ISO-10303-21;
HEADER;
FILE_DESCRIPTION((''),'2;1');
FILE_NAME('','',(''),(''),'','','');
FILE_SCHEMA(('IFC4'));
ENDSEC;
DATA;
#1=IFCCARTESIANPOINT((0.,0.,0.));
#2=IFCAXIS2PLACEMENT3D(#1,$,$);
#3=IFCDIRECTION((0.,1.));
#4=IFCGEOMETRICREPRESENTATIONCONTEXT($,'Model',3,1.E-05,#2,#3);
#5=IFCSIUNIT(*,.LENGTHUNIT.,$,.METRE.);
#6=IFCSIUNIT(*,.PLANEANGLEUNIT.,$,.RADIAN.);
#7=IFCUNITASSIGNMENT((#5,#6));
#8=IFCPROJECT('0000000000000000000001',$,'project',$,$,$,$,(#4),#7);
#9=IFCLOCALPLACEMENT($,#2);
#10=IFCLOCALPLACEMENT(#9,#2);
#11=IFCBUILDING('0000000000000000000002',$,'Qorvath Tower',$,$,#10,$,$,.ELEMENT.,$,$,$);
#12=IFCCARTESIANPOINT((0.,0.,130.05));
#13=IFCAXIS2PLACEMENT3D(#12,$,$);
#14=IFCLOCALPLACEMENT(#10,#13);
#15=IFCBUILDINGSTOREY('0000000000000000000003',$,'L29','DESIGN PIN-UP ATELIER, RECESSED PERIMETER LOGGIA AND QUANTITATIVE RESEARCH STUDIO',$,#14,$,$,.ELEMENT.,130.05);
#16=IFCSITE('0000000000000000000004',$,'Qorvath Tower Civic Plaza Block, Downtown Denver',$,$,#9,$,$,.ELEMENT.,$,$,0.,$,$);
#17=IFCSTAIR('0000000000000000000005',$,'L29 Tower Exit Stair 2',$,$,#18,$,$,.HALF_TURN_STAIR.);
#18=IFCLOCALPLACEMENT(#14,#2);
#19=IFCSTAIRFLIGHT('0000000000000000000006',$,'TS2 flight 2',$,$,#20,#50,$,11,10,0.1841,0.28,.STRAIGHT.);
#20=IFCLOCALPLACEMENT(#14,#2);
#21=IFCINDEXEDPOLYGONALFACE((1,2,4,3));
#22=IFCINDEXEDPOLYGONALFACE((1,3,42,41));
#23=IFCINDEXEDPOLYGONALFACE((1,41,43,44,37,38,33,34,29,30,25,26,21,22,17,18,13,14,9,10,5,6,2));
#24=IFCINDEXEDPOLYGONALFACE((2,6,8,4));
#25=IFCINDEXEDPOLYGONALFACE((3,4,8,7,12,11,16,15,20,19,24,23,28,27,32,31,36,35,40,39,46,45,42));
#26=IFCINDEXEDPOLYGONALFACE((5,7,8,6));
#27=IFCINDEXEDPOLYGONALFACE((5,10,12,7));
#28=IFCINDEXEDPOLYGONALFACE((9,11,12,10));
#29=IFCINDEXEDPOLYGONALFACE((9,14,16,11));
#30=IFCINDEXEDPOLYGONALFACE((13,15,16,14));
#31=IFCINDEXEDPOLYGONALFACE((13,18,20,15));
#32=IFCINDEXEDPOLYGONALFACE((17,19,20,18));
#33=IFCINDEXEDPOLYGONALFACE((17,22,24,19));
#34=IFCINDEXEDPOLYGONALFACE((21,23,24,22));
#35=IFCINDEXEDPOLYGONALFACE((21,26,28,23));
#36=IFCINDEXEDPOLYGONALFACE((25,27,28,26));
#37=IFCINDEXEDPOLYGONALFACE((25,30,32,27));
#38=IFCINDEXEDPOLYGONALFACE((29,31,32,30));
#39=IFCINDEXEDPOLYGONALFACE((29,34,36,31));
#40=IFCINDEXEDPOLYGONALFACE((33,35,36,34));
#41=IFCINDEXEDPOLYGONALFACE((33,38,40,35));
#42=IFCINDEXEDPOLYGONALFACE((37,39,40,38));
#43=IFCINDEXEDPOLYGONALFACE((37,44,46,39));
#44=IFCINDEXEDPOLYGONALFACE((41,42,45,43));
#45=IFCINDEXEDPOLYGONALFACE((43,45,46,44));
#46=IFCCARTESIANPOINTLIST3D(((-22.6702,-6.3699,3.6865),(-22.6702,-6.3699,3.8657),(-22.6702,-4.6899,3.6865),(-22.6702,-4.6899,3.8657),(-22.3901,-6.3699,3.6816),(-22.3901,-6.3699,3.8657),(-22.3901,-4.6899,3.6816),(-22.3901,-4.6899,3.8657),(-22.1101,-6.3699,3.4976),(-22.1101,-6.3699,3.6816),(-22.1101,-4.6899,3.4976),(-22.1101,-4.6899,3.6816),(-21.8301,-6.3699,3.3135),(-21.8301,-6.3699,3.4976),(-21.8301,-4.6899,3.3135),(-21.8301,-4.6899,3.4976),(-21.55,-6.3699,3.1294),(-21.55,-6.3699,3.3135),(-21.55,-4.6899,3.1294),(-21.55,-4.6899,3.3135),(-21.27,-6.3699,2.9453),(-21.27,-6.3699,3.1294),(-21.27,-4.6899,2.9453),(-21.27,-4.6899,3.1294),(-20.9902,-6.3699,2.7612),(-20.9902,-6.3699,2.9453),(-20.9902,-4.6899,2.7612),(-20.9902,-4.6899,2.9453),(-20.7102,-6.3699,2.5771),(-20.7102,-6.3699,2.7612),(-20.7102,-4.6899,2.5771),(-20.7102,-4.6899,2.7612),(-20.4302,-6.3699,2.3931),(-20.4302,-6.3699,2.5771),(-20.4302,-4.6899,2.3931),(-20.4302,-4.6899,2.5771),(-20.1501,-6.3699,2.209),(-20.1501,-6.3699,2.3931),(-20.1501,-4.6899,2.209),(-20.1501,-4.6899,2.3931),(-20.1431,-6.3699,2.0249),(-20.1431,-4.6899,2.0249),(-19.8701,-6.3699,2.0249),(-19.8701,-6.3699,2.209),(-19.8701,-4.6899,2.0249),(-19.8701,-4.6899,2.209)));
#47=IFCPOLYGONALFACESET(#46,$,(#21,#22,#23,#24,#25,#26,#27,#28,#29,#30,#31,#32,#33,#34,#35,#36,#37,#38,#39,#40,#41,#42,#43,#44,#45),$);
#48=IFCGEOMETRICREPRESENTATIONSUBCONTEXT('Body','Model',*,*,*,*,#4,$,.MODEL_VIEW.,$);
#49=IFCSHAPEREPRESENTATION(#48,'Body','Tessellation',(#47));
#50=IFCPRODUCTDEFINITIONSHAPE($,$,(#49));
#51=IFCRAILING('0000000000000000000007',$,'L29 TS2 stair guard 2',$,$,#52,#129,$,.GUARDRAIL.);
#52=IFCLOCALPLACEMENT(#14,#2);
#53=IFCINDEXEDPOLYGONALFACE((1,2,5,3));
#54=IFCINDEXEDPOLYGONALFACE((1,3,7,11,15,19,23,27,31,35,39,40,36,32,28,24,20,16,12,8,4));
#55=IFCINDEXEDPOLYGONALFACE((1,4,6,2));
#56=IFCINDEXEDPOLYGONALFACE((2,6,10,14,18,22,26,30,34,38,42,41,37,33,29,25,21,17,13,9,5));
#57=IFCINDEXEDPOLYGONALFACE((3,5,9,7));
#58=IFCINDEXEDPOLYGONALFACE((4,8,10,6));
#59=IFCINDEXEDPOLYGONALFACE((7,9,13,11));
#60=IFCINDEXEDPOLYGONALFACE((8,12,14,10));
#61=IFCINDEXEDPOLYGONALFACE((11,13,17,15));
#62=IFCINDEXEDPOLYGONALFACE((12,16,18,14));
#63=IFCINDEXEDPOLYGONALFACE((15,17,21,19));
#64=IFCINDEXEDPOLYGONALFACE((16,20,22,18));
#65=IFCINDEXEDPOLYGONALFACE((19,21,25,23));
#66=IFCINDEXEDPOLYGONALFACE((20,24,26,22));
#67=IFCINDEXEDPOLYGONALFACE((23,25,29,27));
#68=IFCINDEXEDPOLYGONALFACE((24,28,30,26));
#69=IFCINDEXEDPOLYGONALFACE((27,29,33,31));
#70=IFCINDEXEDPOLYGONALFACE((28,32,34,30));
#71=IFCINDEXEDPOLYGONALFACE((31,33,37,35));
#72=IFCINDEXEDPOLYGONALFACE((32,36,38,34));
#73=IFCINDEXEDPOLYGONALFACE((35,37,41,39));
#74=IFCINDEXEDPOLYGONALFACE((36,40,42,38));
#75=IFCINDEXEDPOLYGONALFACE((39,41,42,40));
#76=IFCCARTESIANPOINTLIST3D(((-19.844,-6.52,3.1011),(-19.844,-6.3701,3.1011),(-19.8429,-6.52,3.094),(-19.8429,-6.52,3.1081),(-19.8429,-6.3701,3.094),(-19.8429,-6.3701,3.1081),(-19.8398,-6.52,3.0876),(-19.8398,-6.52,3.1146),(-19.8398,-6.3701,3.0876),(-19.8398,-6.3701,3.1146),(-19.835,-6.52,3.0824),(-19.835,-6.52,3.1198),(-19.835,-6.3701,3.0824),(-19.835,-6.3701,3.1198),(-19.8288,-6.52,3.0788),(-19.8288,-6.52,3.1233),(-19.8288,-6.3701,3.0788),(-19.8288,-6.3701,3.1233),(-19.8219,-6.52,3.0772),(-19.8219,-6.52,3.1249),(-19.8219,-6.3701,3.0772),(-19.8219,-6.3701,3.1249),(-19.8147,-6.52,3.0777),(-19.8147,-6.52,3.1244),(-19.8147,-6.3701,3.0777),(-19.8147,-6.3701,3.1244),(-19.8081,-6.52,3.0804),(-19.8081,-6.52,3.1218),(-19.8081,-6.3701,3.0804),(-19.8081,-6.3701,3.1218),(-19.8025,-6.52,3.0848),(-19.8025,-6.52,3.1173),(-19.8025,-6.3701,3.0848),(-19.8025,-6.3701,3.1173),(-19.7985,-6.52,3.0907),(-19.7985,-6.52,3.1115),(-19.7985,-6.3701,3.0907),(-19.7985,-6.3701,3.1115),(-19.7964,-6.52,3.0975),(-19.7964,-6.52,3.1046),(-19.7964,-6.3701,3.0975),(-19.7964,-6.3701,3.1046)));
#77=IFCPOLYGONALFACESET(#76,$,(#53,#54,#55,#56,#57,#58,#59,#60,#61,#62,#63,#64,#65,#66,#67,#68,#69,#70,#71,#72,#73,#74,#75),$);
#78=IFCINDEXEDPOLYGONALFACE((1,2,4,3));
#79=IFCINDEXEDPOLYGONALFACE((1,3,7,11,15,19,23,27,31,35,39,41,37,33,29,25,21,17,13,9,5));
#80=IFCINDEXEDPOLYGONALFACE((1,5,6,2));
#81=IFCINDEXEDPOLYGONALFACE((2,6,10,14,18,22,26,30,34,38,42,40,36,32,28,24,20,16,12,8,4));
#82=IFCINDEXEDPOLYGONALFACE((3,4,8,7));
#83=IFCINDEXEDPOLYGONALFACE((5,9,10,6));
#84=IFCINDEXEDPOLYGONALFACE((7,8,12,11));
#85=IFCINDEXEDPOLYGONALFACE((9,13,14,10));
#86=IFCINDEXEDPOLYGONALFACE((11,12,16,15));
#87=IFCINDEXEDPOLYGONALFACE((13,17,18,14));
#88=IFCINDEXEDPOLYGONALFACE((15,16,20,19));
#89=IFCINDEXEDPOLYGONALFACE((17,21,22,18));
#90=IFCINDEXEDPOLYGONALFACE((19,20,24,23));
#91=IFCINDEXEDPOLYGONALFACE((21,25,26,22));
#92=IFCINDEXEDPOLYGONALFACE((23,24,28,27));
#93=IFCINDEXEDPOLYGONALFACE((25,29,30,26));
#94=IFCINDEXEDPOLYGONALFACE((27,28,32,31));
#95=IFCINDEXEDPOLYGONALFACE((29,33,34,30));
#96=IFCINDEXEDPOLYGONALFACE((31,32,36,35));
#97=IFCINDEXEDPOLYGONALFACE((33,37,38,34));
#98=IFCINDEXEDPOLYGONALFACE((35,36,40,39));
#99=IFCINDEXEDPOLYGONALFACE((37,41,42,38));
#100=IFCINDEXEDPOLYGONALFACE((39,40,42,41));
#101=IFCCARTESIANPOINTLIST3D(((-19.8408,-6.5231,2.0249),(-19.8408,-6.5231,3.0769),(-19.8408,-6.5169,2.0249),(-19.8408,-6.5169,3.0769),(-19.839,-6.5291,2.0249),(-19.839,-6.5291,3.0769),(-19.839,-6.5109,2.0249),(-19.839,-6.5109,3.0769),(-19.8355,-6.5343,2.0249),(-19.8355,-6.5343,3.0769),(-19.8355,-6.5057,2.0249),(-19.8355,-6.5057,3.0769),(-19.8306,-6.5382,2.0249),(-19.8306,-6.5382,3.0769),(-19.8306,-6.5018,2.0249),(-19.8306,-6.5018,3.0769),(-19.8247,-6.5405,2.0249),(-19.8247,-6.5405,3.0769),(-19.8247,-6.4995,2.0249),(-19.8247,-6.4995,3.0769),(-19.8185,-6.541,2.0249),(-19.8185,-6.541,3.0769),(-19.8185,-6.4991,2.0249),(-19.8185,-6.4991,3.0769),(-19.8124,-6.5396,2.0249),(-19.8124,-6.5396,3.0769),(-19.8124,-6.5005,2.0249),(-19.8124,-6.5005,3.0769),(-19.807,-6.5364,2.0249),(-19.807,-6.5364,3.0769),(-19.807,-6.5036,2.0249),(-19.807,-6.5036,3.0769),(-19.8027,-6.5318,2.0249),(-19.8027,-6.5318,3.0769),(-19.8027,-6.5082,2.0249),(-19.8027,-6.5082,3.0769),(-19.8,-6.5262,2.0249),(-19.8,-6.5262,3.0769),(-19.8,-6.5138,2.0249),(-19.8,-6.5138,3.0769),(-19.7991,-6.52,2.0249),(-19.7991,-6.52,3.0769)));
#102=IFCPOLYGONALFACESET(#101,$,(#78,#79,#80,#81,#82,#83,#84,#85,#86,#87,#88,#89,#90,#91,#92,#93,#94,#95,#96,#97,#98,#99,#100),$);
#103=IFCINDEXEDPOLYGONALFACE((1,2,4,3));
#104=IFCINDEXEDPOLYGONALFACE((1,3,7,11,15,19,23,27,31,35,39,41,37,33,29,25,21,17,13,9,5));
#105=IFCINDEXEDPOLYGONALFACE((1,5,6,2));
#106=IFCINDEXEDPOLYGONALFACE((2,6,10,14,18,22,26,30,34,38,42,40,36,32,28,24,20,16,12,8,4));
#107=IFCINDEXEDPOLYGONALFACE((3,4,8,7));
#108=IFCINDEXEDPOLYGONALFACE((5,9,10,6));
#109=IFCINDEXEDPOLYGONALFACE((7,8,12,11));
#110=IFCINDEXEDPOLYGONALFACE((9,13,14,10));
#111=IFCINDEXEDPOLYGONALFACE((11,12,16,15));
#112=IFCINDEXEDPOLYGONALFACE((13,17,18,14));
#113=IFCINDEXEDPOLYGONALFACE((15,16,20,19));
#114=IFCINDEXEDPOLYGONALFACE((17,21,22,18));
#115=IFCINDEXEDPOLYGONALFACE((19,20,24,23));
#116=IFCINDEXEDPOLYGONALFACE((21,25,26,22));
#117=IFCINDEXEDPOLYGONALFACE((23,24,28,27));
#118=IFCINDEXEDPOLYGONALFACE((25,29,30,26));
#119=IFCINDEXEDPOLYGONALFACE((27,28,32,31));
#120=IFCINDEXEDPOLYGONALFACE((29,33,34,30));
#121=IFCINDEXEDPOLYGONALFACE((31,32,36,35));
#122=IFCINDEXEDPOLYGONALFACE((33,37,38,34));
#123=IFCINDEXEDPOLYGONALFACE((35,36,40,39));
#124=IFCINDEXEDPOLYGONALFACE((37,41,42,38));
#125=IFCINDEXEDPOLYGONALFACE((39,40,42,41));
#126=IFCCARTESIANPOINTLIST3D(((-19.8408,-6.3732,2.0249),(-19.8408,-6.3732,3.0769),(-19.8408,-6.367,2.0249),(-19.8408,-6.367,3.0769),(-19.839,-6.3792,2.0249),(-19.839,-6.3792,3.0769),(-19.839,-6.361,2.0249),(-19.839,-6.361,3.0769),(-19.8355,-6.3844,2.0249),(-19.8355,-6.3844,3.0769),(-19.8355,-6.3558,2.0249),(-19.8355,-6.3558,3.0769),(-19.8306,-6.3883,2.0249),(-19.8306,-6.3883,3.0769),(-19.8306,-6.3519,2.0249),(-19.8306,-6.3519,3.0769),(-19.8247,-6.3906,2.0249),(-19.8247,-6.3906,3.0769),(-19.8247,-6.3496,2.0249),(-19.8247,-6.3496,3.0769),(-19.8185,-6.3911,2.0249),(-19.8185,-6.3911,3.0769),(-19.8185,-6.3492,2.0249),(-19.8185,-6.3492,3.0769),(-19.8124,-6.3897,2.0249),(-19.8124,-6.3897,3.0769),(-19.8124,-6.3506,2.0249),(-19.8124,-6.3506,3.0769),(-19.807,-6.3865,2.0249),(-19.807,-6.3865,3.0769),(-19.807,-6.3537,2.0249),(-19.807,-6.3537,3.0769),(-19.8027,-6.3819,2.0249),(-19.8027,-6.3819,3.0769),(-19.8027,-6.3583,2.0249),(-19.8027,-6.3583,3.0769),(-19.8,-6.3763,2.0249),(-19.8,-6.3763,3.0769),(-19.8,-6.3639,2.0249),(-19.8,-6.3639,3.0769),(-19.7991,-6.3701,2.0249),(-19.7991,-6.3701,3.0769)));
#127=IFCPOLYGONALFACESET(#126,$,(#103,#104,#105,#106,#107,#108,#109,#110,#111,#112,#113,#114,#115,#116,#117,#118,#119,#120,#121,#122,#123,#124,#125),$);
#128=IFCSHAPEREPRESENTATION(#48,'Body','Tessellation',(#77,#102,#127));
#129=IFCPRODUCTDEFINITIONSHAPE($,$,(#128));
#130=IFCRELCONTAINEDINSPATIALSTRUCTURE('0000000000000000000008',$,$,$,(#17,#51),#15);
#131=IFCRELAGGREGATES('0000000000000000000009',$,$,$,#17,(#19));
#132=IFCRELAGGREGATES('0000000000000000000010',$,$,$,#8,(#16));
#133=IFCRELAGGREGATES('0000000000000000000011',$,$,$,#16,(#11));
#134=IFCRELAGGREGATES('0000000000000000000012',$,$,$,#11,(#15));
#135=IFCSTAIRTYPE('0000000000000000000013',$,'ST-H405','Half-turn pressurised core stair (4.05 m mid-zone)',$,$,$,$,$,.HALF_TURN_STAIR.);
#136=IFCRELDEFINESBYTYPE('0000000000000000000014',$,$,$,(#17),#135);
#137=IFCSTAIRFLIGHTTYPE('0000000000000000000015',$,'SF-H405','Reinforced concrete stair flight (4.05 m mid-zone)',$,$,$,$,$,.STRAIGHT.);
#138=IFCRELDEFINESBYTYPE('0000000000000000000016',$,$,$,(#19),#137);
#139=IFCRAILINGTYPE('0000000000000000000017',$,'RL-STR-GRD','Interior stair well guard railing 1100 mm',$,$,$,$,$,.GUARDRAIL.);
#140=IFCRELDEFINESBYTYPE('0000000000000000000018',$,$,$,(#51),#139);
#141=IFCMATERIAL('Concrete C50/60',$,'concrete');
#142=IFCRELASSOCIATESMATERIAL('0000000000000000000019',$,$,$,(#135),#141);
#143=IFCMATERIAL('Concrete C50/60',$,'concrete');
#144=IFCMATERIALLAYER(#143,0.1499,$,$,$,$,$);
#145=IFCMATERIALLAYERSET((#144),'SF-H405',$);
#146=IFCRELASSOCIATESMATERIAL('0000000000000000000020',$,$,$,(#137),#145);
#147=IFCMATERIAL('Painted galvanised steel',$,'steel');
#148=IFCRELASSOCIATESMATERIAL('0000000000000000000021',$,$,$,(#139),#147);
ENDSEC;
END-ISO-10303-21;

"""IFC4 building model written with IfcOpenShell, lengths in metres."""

from ifc_helpers import new_model, si_unit, direction, frame, origin, origin_2d, place, context, subcontext, project, spatial, polyline, circle, outline, extrude, material, layer, layer_set, type_object, element, aggregate, save


model = new_model("IFC4")

# Units and contexts
model_context = context("Model", 3, precision=1e-05, world=origin(), true_north=direction((0.0, 1.0)))
body_context = subcontext(model_context, "Body", "Model", "MODEL_VIEW")
ifc_project = project(units=[si_unit("LENGTHUNIT", "METRE"), si_unit("PLANEANGLEUNIT", "RADIAN")], contexts=[model_context])

# Site, building, storey
site_placement = place(None, origin())
site = spatial("IfcSite", under=ifc_project, at=site_placement, Name="Qorvath Tower Civic Plaza Block, Downtown Denver", CompositionType="ELEMENT", RefElevation=0.0)
building_placement = place(site_placement, origin())
building = spatial("IfcBuilding", under=site, at=building_placement, Name="Qorvath Tower", CompositionType="ELEMENT")
storey_placement = place(building_placement, frame((0.0, 0.0, 130.05)))
storey = spatial("IfcBuildingStorey", under=building, at=storey_placement, Name="L29", Description="DESIGN PIN-UP ATELIER, RECESSED PERIMETER LOGGIA AND QUANTITATIVE RESEARCH STUDIO", CompositionType="ELEMENT", Elevation=130.05)

# Stair, stair flight
ifc_material_1 = material(Name="Concrete C50/60", Category="concrete")
stair_type = type_object("IfcStairType", Name="ST-H405", Description="Half-turn pressurised core stair (4.05 m mid-zone)", PredefinedType="HALF_TURN_STAIR", material=ifc_material_1)
stair_placement = place(storey_placement, origin())
stair = element("IfcStair", 1, at=stair_placement, inside=storey, type_object=stair_type, Name="L29 Tower Exit Stair 2", PredefinedType="HALF_TURN_STAIR")
ifc_material_2 = material(Name="Concrete C50/60", Category="concrete")
ifc_layer_1 = layer(ifc_material_2, 0.1499)
ifc_layer_set_1 = layer_set([ifc_layer_1], Name="SF-H405")
stair_flight_type = type_object("IfcStairFlightType", Name="SF-H405", Description="Reinforced concrete stair flight (4.05 m mid-zone)", PredefinedType="STRAIGHT", material=ifc_layer_set_1)
stair_flight_placement = place(storey_placement, frame((-19.8701, -5.53, 2.0249), z_axis=(0.0, 0.0, 1.0), x_axis=(-1.0, 0.0, 0.0)))
stair_flight = element("IfcStairFlight", 2, at=stair_flight_placement, type_object=stair_flight_type, Name="TS2 flight 2", NumberOfRisers=11, NumberOfTreads=10, PredefinedType="STRAIGHT", RiserHeight=0.1841, TreadLength=0.28, context=body_context, shape_type="SweptSolid", body=[
    extrude(outline(polyline([(0.0, 0.0), (0.0, 0.1841), (0.28, 0.1841), (0.28, 0.3682), (0.5601, 0.3682), (0.5601, 0.5522), (0.8401, 0.5522), (0.8401, 0.7363), (1.1201, 0.7363), (1.1201, 0.9204), (1.3999, 0.9204), (1.3999, 1.1045), (1.6799, 1.1045), (1.6799, 1.2886), (1.96, 1.2886), (1.96, 1.4727), (2.24, 1.4727), (2.24, 1.6567), (2.52, 1.6567), (2.52, 1.8408), (2.8, 1.8408), (2.8, 2.0249), (2.8, 1.6616), (0.2729, 0.0), (0.0, 0.0)])), frame((0.0, 0.8398, 0.0), z_axis=(0.0, -1.0, 0.0), x_axis=(1.0, 0.0, 0.0)), (0.0, 0.0, 1.0), 1.6799),
])
aggregate(stair, [stair_flight])

# Railing
ifc_material_3 = material(Name="Painted galvanised steel", Category="steel")
railing_type = type_object("IfcRailingType", Name="RL-STR-GRD", Description="Interior stair well guard railing 1100 mm", PredefinedType="GUARDRAIL", material=ifc_material_3)
railing_1_placement = place(storey_placement, frame((-19.8201, -6.52, 2.0249)))
element("IfcRailing", 3, at=railing_1_placement, inside=storey, type_object=railing_type, Name="L29 TS2 stair guard 2", PredefinedType="GUARDRAIL", context=body_context, shape_type="SweptSolid", body=[
    extrude(circle(Radius=0.0239, at=origin_2d()), frame((0.0, 0.0, 1.0762), z_axis=(0.0, 1.0, 0.0), x_axis=(-1.0, 0.0, 0.0)), (0.0, 0.0, 1.0), 0.1499),
    extrude(circle(Radius=0.021, at=origin_2d()), origin(), (0.0, 0.0, 1.0), 1.052),
    extrude(circle(Radius=0.021, at=origin_2d()), frame((0.0, 0.1499, 0.0)), (0.0, 0.0, 1.0), 1.052),
])

save(model, "model.ifc")
